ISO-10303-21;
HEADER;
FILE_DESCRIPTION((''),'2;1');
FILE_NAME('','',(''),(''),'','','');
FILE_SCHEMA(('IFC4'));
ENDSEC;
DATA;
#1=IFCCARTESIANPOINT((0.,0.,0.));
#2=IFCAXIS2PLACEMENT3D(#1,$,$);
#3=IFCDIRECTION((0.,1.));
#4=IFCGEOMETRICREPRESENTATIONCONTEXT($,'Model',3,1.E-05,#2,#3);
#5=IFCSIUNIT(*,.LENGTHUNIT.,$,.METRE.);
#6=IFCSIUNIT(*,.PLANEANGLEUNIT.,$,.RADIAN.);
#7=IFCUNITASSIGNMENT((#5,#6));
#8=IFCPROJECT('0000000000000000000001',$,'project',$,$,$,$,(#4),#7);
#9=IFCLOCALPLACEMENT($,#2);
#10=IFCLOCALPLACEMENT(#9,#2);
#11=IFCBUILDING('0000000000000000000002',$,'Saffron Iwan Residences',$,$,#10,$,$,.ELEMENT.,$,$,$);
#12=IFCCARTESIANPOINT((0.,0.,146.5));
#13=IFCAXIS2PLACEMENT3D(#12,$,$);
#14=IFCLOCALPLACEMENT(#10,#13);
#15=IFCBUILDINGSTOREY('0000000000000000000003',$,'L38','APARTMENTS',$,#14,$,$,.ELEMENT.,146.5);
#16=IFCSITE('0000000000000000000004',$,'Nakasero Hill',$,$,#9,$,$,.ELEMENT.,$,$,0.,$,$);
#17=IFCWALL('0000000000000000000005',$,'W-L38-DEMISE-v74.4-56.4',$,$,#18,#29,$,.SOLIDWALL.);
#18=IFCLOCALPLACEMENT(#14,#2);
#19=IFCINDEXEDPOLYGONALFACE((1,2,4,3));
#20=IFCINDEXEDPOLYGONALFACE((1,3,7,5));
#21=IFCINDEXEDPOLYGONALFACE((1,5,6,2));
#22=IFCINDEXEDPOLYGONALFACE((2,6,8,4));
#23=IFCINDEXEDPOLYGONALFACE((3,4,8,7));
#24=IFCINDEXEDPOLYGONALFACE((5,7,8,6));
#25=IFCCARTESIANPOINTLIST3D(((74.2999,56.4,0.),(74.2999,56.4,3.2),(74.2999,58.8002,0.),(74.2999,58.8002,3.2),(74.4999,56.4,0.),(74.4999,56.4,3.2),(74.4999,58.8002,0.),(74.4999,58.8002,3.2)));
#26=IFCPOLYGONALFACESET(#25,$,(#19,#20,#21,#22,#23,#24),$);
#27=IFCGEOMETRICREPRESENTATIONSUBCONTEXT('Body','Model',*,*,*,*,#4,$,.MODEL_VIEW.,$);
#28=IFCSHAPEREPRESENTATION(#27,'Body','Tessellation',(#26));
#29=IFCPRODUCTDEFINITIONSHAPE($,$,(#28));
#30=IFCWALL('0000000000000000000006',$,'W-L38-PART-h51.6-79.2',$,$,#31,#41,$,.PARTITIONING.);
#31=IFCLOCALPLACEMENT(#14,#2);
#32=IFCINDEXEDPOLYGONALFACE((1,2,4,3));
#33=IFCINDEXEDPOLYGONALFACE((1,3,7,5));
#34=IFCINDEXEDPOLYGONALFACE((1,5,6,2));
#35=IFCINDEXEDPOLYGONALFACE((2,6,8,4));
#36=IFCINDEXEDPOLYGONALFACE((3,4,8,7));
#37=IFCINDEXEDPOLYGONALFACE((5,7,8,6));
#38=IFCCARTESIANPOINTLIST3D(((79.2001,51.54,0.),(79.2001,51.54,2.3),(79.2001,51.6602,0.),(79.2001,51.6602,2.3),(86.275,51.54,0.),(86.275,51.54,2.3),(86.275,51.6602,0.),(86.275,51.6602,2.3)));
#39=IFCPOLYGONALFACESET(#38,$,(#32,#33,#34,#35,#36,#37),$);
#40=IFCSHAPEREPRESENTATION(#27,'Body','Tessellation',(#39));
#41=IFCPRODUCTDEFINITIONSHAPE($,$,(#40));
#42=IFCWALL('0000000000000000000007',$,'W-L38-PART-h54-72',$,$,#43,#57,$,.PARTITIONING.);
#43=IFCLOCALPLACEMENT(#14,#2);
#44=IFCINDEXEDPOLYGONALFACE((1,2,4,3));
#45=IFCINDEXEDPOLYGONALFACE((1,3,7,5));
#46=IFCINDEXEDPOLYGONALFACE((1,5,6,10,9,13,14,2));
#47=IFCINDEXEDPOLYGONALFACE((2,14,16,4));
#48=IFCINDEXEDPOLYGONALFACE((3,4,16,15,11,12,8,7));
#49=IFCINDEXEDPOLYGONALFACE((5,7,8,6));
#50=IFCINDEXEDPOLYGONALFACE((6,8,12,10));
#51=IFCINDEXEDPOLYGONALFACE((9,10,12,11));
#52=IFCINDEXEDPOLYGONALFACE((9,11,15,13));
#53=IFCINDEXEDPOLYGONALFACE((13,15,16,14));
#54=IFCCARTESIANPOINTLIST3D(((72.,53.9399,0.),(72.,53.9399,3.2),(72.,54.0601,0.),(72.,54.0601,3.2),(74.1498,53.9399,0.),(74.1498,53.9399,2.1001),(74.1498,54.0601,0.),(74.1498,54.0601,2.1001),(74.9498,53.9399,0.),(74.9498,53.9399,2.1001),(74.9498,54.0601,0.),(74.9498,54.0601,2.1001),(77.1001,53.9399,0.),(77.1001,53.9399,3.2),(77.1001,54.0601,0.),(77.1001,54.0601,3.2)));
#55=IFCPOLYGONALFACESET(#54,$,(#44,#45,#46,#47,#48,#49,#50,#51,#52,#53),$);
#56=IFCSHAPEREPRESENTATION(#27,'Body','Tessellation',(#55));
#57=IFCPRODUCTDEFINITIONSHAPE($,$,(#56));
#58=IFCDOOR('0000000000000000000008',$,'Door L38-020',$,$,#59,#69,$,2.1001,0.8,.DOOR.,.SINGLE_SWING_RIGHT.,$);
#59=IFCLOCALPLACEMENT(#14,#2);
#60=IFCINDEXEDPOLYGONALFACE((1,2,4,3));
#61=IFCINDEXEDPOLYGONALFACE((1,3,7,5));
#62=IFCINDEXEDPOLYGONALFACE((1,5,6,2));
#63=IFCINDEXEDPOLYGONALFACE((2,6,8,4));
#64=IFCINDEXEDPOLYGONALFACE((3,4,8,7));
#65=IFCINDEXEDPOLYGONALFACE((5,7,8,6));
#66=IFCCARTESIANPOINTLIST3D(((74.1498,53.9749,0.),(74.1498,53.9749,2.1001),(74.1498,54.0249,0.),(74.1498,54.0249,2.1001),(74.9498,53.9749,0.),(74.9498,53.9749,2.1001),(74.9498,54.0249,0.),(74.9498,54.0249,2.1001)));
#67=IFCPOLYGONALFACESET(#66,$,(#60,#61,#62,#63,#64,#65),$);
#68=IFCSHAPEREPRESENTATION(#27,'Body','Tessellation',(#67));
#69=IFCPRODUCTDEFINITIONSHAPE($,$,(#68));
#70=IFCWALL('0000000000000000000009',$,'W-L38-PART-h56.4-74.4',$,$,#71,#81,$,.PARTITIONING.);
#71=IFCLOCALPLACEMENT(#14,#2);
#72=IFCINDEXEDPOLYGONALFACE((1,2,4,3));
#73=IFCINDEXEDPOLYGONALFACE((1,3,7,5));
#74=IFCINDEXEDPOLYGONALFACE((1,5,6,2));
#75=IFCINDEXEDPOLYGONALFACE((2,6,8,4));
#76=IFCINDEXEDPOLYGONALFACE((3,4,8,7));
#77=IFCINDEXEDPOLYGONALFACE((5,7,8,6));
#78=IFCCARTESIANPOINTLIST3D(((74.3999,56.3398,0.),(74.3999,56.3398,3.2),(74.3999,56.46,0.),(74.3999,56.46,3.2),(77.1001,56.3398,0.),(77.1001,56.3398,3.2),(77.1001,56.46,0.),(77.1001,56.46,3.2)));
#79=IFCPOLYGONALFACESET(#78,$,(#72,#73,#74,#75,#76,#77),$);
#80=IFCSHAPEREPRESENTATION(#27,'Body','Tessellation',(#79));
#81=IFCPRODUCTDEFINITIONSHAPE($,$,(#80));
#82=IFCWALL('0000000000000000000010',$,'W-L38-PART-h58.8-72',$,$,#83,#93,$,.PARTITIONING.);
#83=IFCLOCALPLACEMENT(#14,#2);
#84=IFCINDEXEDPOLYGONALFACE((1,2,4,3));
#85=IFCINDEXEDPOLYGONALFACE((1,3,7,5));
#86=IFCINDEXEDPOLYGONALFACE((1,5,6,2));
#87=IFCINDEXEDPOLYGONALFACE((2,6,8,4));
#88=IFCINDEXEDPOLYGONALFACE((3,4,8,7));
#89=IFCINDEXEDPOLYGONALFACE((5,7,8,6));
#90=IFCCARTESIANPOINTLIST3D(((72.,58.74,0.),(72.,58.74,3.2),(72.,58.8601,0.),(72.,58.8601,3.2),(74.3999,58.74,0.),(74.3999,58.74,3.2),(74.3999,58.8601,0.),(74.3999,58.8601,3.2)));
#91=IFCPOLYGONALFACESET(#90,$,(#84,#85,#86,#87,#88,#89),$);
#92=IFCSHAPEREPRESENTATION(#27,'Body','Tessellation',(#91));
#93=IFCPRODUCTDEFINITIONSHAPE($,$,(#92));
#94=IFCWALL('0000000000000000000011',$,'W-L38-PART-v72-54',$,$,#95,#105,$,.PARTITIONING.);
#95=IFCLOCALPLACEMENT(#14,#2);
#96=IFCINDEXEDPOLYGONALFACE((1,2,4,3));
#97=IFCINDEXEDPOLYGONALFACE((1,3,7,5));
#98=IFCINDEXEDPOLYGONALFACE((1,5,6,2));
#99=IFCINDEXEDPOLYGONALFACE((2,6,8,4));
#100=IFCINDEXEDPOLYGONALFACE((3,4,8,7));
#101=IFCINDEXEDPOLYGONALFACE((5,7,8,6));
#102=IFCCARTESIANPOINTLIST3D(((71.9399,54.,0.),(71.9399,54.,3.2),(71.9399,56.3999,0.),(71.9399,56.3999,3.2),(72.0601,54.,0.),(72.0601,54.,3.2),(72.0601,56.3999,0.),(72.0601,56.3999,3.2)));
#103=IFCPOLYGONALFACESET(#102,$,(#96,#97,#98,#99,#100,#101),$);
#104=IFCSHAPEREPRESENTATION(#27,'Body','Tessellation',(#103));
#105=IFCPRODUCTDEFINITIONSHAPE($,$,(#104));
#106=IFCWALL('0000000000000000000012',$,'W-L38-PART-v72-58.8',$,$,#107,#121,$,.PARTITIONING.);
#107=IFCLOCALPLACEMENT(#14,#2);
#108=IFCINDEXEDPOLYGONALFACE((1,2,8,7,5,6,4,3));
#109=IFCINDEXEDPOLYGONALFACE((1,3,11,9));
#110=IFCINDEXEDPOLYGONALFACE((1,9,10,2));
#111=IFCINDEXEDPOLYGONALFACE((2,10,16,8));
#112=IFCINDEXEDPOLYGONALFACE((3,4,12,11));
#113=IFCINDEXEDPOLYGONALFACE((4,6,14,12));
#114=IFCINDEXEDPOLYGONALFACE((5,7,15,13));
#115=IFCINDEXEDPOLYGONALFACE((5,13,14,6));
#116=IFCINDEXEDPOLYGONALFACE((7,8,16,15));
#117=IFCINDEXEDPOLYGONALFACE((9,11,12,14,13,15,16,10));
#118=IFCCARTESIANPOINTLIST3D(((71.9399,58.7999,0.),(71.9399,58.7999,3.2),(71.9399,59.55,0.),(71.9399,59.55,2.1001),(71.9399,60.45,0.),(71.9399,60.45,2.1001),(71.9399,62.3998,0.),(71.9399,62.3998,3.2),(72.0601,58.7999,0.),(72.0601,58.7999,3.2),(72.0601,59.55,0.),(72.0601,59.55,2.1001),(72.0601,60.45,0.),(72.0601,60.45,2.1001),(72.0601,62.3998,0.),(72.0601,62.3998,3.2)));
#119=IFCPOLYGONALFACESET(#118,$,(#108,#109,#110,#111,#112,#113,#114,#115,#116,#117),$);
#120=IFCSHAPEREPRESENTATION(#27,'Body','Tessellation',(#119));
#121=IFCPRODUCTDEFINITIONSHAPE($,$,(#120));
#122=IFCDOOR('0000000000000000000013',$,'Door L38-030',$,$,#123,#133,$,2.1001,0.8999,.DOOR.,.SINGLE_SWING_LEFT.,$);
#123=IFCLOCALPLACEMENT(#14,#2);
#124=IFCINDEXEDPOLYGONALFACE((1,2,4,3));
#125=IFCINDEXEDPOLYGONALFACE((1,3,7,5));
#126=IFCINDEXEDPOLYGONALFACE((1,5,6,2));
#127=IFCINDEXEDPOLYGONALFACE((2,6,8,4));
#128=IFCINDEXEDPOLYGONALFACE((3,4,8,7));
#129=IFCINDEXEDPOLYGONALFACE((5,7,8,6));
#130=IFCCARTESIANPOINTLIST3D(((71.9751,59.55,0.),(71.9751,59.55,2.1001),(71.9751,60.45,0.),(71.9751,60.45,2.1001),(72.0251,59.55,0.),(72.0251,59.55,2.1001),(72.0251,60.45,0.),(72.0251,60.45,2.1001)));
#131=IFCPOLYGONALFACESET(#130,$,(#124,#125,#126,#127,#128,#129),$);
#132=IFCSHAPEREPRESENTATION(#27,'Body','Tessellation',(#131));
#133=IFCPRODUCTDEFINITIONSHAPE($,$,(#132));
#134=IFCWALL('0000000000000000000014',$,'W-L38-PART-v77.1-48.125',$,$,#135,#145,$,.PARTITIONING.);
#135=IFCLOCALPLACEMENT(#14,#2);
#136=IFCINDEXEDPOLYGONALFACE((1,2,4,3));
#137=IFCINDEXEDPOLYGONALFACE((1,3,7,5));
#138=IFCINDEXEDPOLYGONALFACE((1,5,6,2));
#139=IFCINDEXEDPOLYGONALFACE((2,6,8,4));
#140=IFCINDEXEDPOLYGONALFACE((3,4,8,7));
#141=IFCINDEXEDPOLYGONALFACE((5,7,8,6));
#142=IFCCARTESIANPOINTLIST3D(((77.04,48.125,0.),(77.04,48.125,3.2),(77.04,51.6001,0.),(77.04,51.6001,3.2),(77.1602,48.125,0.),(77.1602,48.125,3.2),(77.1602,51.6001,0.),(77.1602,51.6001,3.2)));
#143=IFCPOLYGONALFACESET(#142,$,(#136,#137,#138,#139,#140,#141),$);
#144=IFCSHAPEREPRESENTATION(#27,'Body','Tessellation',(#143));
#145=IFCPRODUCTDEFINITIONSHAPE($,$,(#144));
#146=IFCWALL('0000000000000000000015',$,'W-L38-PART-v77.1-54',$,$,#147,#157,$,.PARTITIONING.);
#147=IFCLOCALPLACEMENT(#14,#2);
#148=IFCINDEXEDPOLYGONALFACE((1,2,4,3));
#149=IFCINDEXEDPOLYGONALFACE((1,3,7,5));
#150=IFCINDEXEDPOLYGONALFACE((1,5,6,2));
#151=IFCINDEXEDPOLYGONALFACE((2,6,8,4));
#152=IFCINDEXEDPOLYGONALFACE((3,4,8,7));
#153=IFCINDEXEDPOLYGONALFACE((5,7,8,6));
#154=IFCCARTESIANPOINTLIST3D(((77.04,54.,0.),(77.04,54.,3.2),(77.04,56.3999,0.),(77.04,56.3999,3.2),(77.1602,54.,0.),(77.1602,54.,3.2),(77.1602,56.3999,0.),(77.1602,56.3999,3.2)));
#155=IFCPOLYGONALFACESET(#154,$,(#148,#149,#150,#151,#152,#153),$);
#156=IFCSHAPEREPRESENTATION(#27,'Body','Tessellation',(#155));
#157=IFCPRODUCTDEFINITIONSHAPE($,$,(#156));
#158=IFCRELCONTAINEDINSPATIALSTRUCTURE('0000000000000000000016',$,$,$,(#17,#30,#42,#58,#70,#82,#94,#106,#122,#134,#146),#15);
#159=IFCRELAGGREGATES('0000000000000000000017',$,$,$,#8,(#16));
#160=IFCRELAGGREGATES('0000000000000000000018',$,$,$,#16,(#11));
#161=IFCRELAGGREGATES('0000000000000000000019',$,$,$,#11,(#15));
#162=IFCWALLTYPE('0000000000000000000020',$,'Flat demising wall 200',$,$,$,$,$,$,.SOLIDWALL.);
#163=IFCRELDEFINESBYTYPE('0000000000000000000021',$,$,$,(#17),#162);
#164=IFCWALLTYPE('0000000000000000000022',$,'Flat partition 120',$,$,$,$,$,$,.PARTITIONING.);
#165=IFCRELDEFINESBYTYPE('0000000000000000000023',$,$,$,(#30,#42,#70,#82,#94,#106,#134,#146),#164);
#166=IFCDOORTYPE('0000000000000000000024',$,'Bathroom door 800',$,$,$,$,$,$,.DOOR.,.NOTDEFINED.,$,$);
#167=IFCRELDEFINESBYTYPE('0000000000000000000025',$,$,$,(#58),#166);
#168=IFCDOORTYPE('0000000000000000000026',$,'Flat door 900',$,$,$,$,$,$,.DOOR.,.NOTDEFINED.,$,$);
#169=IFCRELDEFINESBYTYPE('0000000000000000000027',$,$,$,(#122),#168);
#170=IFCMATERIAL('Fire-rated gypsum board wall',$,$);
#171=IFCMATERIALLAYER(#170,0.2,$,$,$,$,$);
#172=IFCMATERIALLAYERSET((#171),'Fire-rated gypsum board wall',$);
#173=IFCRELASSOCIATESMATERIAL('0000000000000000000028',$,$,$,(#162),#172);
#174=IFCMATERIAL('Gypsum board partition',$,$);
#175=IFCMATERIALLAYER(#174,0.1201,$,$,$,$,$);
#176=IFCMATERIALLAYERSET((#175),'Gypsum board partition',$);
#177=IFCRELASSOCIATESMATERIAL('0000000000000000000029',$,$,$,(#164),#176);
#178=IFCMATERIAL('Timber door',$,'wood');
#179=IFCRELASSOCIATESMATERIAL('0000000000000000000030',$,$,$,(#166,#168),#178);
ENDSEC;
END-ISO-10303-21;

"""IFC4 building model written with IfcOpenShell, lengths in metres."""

from ifc_helpers import new_model, si_unit, direction, frame, frame_2d, origin, place, context, subcontext, project, spatial, rectangle, extrude, material, layer, layer_set, type_object, element, fill, save


model = new_model("IFC4")

# Units and contexts
model_context = context("Model", 3, precision=1e-05, world=origin(), true_north=direction((0.0, 1.0)))
body_context = subcontext(model_context, "Body", "Model", "MODEL_VIEW")
ifc_project = project(units=[si_unit("LENGTHUNIT", "METRE"), si_unit("PLANEANGLEUNIT", "RADIAN")], contexts=[model_context])

# Site, building, storey
site_placement = place(None, origin())
site = spatial("IfcSite", under=ifc_project, at=site_placement, Name="Nakasero Hill", CompositionType="ELEMENT", RefElevation=0.0)
building_placement = place(site_placement, origin())
building = spatial("IfcBuilding", under=site, at=building_placement, Name="Saffron Iwan Residences", CompositionType="ELEMENT")
storey_placement = place(building_placement, frame((0.0, 0.0, 146.5)))
storey = spatial("IfcBuildingStorey", under=building, at=storey_placement, Name="L38", Description="APARTMENTS", CompositionType="ELEMENT", Elevation=146.5)

# Walls
ifc_material_1 = material(Name="Fire-rated gypsum board wall")
ifc_layer_1 = layer(ifc_material_1, 0.2)
ifc_layer_set_1 = layer_set([ifc_layer_1], Name="Fire-rated gypsum board wall")
wall_type_1 = type_object("IfcWallType", Name="Flat demising wall 200", PredefinedType="SOLIDWALL", material=ifc_layer_set_1)
wall_1_placement = place(storey_placement, frame((74.3999, 56.3999, 0.0), z_axis=(0.0, 0.0, 1.0), x_axis=(0.0, 1.0, 0.0)))
element("IfcWall", 1, at=wall_1_placement, inside=storey, type_object=wall_type_1, Name="W-L38-DEMISE-v74.4-56.4", PredefinedType="SOLIDWALL", context=body_context, shape_type="SweptSolid", body=[
    extrude(rectangle(XDim=2.4001, YDim=0.2, at=frame_2d((1.2002, 0.0))), origin(), (0.0, 0.0, 1.0), 3.2),
])
ifc_material_2 = material(Name="Gypsum board partition")
ifc_layer_2 = layer(ifc_material_2, 0.1201)
ifc_layer_set_2 = layer_set([ifc_layer_2], Name="Gypsum board partition")
wall_type_2 = type_object("IfcWallType", Name="Flat partition 120", PredefinedType="PARTITIONING", material=ifc_layer_set_2)
wall_2_placement = place(storey_placement, frame((79.2, 51.6001, 0.0), z_axis=(0.0, 0.0, 1.0), x_axis=(1.0, 0.0, 0.0)))
element("IfcWall", 2, at=wall_2_placement, inside=storey, type_object=wall_type_2, Name="W-L38-PART-h51.6-79.2", PredefinedType="PARTITIONING", context=body_context, shape_type="SweptSolid", body=[
    extrude(rectangle(XDim=7.075, YDim=0.1201, at=frame_2d((3.5376, 0.0))), origin(), (0.0, 0.0, 1.0), 2.3),
])

# Wall, opening, door
wall_3_placement = place(storey_placement, frame((72.0, 54.0, 0.0), z_axis=(0.0, 0.0, 1.0), x_axis=(1.0, 0.0, 0.0)))
wall_3 = element("IfcWall", 3, at=wall_3_placement, inside=storey, type_object=wall_type_2, Name="W-L38-PART-h54-72", PredefinedType="PARTITIONING", context=body_context, shape_type="SweptSolid", body=[
    extrude(rectangle(XDim=5.1001, YDim=0.1201, at=frame_2d((2.55, 0.0))), origin(), (0.0, 0.0, 1.0), 3.2),
])
opening_1_placement = place(wall_3_placement, frame((2.1499, 0.0, 0.0)))
opening_1 = element("IfcOpeningElement", 4, at=opening_1_placement, cuts=wall_3, PredefinedType="OPENING", context=body_context, shape_type="SweptSolid", body=[
    extrude(rectangle(XDim=0.8, YDim=2.1001, at=frame_2d((0.3999, 1.05))), frame((0.0, 0.0701, 0.0), z_axis=(0.0, -1.0, 0.0), x_axis=(1.0, 0.0, 0.0)), (0.0, 0.0, 1.0), 0.1401),
])
ifc_material_3 = material(Name="Timber door", Category="wood")
door_type_1 = type_object("IfcDoorType", Name="Bathroom door 800", OperationType="NOTDEFINED", PredefinedType="DOOR", material=ifc_material_3)
door_1_placement = place(opening_1_placement, origin())
door_1 = element("IfcDoor", 5, at=door_1_placement, inside=storey, type_object=door_type_1, Name="Door L38-020", OperationType="SINGLE_SWING_RIGHT", OverallHeight=2.1001, OverallWidth=0.8, PredefinedType="DOOR", context=body_context, shape_type="SweptSolid", body=[
    extrude(rectangle(XDim=0.8, YDim=2.1001, at=frame_2d((0.3999, 1.05))), frame((0.0, 0.0249, 0.0), z_axis=(0.0, -1.0, 0.0), x_axis=(1.0, 0.0, 0.0)), (0.0, 0.0, 1.0), 0.05),
])
fill(opening_1, door_1)

# Walls
wall_4_placement = place(storey_placement, frame((74.3999, 56.3999, 0.0), z_axis=(0.0, 0.0, 1.0), x_axis=(1.0, 0.0, 0.0)))
element("IfcWall", 6, at=wall_4_placement, inside=storey, type_object=wall_type_2, Name="W-L38-PART-h56.4-74.4", PredefinedType="PARTITIONING", context=body_context, shape_type="SweptSolid", body=[
    extrude(rectangle(XDim=2.7002, YDim=0.1201, at=frame_2d((1.3501, 0.0))), origin(), (0.0, 0.0, 1.0), 3.2),
])
for number, where, z_axis, x_axis, name in (
    (7, (72.0, 58.8, 0.0), (0.0, 0.0, 1.0), (1.0, 0.0, 0.0), "W-L38-PART-h58.8-72"),
    (8, (72.0, 54.0, 0.0), (0.0, 0.0, 1.0), (0.0, 1.0, 0.0), "W-L38-PART-v72-54"),
):
    element("IfcWall", number, at=place(storey_placement, frame(where, z_axis=z_axis, x_axis=x_axis)), inside=storey, type_object=wall_type_2, Name=name, PredefinedType="PARTITIONING", context=body_context, shape_type="SweptSolid", body=[
        extrude(rectangle(XDim=2.3999, YDim=0.1201, at=frame_2d((1.2, 0.0))), origin(), (0.0, 0.0, 1.0), 3.2),
    ])

# Wall, opening, door
wall_5_placement = place(storey_placement, frame((72.0, 58.8, 0.0), z_axis=(0.0, 0.0, 1.0), x_axis=(0.0, 1.0, 0.0)))
wall_5 = element("IfcWall", 9, at=wall_5_placement, inside=storey, type_object=wall_type_2, Name="W-L38-PART-v72-58.8", PredefinedType="PARTITIONING", context=body_context, shape_type="SweptSolid", body=[
    extrude(rectangle(XDim=3.5999, YDim=0.1201, at=frame_2d((1.7998, 0.0))), origin(), (0.0, 0.0, 1.0), 3.2),
])
opening_2_placement = place(wall_5_placement, frame((0.75, 0.0, 0.0)))
opening_2 = element("IfcOpeningElement", 10, at=opening_2_placement, cuts=wall_5, PredefinedType="OPENING", context=body_context, shape_type="SweptSolid", body=[
    extrude(rectangle(XDim=0.8999, YDim=2.1001, at=frame_2d((0.45, 1.05))), frame((0.0, 0.0701, 0.0), z_axis=(0.0, -1.0, 0.0), x_axis=(1.0, 0.0, 0.0)), (0.0, 0.0, 1.0), 0.1401),
])
door_type_2 = type_object("IfcDoorType", Name="Flat door 900", OperationType="NOTDEFINED", PredefinedType="DOOR", material=ifc_material_3)
door_2_placement = place(opening_2_placement, origin())
door_2 = element("IfcDoor", 11, at=door_2_placement, inside=storey, type_object=door_type_2, Name="Door L38-030", OperationType="SINGLE_SWING_LEFT", OverallHeight=2.1001, OverallWidth=0.8999, PredefinedType="DOOR", context=body_context, shape_type="SweptSolid", body=[
    extrude(rectangle(XDim=0.8999, YDim=2.1001, at=frame_2d((0.45, 1.05))), frame((0.0, 0.0249, 0.0), z_axis=(0.0, -1.0, 0.0), x_axis=(1.0, 0.0, 0.0)), (0.0, 0.0, 1.0), 0.05),
])
fill(opening_2, door_2)

# Walls
wall_6_placement = place(storey_placement, frame((77.1001, 48.125, 0.0), z_axis=(0.0, 0.0, 1.0), x_axis=(0.0, 1.0, 0.0)))
element("IfcWall", 12, at=wall_6_placement, inside=storey, type_object=wall_type_2, Name="W-L38-PART-v77.1-48.125", PredefinedType="PARTITIONING", context=body_context, shape_type="SweptSolid", body=[
    extrude(rectangle(XDim=3.4751, YDim=0.1201, at=frame_2d((1.7375, 0.0))), origin(), (0.0, 0.0, 1.0), 3.2),
])
wall_7_placement = place(storey_placement, frame((77.1001, 54.0, 0.0), z_axis=(0.0, 0.0, 1.0), x_axis=(0.0, 1.0, 0.0)))
element("IfcWall", 13, at=wall_7_placement, inside=storey, type_object=wall_type_2, Name="W-L38-PART-v77.1-54", PredefinedType="PARTITIONING", context=body_context, shape_type="SweptSolid", body=[
    extrude(rectangle(XDim=2.3999, YDim=0.1201, at=frame_2d((1.2, 0.0))), origin(), (0.0, 0.0, 1.0), 3.2),
])

save(model, "model.ifc")
